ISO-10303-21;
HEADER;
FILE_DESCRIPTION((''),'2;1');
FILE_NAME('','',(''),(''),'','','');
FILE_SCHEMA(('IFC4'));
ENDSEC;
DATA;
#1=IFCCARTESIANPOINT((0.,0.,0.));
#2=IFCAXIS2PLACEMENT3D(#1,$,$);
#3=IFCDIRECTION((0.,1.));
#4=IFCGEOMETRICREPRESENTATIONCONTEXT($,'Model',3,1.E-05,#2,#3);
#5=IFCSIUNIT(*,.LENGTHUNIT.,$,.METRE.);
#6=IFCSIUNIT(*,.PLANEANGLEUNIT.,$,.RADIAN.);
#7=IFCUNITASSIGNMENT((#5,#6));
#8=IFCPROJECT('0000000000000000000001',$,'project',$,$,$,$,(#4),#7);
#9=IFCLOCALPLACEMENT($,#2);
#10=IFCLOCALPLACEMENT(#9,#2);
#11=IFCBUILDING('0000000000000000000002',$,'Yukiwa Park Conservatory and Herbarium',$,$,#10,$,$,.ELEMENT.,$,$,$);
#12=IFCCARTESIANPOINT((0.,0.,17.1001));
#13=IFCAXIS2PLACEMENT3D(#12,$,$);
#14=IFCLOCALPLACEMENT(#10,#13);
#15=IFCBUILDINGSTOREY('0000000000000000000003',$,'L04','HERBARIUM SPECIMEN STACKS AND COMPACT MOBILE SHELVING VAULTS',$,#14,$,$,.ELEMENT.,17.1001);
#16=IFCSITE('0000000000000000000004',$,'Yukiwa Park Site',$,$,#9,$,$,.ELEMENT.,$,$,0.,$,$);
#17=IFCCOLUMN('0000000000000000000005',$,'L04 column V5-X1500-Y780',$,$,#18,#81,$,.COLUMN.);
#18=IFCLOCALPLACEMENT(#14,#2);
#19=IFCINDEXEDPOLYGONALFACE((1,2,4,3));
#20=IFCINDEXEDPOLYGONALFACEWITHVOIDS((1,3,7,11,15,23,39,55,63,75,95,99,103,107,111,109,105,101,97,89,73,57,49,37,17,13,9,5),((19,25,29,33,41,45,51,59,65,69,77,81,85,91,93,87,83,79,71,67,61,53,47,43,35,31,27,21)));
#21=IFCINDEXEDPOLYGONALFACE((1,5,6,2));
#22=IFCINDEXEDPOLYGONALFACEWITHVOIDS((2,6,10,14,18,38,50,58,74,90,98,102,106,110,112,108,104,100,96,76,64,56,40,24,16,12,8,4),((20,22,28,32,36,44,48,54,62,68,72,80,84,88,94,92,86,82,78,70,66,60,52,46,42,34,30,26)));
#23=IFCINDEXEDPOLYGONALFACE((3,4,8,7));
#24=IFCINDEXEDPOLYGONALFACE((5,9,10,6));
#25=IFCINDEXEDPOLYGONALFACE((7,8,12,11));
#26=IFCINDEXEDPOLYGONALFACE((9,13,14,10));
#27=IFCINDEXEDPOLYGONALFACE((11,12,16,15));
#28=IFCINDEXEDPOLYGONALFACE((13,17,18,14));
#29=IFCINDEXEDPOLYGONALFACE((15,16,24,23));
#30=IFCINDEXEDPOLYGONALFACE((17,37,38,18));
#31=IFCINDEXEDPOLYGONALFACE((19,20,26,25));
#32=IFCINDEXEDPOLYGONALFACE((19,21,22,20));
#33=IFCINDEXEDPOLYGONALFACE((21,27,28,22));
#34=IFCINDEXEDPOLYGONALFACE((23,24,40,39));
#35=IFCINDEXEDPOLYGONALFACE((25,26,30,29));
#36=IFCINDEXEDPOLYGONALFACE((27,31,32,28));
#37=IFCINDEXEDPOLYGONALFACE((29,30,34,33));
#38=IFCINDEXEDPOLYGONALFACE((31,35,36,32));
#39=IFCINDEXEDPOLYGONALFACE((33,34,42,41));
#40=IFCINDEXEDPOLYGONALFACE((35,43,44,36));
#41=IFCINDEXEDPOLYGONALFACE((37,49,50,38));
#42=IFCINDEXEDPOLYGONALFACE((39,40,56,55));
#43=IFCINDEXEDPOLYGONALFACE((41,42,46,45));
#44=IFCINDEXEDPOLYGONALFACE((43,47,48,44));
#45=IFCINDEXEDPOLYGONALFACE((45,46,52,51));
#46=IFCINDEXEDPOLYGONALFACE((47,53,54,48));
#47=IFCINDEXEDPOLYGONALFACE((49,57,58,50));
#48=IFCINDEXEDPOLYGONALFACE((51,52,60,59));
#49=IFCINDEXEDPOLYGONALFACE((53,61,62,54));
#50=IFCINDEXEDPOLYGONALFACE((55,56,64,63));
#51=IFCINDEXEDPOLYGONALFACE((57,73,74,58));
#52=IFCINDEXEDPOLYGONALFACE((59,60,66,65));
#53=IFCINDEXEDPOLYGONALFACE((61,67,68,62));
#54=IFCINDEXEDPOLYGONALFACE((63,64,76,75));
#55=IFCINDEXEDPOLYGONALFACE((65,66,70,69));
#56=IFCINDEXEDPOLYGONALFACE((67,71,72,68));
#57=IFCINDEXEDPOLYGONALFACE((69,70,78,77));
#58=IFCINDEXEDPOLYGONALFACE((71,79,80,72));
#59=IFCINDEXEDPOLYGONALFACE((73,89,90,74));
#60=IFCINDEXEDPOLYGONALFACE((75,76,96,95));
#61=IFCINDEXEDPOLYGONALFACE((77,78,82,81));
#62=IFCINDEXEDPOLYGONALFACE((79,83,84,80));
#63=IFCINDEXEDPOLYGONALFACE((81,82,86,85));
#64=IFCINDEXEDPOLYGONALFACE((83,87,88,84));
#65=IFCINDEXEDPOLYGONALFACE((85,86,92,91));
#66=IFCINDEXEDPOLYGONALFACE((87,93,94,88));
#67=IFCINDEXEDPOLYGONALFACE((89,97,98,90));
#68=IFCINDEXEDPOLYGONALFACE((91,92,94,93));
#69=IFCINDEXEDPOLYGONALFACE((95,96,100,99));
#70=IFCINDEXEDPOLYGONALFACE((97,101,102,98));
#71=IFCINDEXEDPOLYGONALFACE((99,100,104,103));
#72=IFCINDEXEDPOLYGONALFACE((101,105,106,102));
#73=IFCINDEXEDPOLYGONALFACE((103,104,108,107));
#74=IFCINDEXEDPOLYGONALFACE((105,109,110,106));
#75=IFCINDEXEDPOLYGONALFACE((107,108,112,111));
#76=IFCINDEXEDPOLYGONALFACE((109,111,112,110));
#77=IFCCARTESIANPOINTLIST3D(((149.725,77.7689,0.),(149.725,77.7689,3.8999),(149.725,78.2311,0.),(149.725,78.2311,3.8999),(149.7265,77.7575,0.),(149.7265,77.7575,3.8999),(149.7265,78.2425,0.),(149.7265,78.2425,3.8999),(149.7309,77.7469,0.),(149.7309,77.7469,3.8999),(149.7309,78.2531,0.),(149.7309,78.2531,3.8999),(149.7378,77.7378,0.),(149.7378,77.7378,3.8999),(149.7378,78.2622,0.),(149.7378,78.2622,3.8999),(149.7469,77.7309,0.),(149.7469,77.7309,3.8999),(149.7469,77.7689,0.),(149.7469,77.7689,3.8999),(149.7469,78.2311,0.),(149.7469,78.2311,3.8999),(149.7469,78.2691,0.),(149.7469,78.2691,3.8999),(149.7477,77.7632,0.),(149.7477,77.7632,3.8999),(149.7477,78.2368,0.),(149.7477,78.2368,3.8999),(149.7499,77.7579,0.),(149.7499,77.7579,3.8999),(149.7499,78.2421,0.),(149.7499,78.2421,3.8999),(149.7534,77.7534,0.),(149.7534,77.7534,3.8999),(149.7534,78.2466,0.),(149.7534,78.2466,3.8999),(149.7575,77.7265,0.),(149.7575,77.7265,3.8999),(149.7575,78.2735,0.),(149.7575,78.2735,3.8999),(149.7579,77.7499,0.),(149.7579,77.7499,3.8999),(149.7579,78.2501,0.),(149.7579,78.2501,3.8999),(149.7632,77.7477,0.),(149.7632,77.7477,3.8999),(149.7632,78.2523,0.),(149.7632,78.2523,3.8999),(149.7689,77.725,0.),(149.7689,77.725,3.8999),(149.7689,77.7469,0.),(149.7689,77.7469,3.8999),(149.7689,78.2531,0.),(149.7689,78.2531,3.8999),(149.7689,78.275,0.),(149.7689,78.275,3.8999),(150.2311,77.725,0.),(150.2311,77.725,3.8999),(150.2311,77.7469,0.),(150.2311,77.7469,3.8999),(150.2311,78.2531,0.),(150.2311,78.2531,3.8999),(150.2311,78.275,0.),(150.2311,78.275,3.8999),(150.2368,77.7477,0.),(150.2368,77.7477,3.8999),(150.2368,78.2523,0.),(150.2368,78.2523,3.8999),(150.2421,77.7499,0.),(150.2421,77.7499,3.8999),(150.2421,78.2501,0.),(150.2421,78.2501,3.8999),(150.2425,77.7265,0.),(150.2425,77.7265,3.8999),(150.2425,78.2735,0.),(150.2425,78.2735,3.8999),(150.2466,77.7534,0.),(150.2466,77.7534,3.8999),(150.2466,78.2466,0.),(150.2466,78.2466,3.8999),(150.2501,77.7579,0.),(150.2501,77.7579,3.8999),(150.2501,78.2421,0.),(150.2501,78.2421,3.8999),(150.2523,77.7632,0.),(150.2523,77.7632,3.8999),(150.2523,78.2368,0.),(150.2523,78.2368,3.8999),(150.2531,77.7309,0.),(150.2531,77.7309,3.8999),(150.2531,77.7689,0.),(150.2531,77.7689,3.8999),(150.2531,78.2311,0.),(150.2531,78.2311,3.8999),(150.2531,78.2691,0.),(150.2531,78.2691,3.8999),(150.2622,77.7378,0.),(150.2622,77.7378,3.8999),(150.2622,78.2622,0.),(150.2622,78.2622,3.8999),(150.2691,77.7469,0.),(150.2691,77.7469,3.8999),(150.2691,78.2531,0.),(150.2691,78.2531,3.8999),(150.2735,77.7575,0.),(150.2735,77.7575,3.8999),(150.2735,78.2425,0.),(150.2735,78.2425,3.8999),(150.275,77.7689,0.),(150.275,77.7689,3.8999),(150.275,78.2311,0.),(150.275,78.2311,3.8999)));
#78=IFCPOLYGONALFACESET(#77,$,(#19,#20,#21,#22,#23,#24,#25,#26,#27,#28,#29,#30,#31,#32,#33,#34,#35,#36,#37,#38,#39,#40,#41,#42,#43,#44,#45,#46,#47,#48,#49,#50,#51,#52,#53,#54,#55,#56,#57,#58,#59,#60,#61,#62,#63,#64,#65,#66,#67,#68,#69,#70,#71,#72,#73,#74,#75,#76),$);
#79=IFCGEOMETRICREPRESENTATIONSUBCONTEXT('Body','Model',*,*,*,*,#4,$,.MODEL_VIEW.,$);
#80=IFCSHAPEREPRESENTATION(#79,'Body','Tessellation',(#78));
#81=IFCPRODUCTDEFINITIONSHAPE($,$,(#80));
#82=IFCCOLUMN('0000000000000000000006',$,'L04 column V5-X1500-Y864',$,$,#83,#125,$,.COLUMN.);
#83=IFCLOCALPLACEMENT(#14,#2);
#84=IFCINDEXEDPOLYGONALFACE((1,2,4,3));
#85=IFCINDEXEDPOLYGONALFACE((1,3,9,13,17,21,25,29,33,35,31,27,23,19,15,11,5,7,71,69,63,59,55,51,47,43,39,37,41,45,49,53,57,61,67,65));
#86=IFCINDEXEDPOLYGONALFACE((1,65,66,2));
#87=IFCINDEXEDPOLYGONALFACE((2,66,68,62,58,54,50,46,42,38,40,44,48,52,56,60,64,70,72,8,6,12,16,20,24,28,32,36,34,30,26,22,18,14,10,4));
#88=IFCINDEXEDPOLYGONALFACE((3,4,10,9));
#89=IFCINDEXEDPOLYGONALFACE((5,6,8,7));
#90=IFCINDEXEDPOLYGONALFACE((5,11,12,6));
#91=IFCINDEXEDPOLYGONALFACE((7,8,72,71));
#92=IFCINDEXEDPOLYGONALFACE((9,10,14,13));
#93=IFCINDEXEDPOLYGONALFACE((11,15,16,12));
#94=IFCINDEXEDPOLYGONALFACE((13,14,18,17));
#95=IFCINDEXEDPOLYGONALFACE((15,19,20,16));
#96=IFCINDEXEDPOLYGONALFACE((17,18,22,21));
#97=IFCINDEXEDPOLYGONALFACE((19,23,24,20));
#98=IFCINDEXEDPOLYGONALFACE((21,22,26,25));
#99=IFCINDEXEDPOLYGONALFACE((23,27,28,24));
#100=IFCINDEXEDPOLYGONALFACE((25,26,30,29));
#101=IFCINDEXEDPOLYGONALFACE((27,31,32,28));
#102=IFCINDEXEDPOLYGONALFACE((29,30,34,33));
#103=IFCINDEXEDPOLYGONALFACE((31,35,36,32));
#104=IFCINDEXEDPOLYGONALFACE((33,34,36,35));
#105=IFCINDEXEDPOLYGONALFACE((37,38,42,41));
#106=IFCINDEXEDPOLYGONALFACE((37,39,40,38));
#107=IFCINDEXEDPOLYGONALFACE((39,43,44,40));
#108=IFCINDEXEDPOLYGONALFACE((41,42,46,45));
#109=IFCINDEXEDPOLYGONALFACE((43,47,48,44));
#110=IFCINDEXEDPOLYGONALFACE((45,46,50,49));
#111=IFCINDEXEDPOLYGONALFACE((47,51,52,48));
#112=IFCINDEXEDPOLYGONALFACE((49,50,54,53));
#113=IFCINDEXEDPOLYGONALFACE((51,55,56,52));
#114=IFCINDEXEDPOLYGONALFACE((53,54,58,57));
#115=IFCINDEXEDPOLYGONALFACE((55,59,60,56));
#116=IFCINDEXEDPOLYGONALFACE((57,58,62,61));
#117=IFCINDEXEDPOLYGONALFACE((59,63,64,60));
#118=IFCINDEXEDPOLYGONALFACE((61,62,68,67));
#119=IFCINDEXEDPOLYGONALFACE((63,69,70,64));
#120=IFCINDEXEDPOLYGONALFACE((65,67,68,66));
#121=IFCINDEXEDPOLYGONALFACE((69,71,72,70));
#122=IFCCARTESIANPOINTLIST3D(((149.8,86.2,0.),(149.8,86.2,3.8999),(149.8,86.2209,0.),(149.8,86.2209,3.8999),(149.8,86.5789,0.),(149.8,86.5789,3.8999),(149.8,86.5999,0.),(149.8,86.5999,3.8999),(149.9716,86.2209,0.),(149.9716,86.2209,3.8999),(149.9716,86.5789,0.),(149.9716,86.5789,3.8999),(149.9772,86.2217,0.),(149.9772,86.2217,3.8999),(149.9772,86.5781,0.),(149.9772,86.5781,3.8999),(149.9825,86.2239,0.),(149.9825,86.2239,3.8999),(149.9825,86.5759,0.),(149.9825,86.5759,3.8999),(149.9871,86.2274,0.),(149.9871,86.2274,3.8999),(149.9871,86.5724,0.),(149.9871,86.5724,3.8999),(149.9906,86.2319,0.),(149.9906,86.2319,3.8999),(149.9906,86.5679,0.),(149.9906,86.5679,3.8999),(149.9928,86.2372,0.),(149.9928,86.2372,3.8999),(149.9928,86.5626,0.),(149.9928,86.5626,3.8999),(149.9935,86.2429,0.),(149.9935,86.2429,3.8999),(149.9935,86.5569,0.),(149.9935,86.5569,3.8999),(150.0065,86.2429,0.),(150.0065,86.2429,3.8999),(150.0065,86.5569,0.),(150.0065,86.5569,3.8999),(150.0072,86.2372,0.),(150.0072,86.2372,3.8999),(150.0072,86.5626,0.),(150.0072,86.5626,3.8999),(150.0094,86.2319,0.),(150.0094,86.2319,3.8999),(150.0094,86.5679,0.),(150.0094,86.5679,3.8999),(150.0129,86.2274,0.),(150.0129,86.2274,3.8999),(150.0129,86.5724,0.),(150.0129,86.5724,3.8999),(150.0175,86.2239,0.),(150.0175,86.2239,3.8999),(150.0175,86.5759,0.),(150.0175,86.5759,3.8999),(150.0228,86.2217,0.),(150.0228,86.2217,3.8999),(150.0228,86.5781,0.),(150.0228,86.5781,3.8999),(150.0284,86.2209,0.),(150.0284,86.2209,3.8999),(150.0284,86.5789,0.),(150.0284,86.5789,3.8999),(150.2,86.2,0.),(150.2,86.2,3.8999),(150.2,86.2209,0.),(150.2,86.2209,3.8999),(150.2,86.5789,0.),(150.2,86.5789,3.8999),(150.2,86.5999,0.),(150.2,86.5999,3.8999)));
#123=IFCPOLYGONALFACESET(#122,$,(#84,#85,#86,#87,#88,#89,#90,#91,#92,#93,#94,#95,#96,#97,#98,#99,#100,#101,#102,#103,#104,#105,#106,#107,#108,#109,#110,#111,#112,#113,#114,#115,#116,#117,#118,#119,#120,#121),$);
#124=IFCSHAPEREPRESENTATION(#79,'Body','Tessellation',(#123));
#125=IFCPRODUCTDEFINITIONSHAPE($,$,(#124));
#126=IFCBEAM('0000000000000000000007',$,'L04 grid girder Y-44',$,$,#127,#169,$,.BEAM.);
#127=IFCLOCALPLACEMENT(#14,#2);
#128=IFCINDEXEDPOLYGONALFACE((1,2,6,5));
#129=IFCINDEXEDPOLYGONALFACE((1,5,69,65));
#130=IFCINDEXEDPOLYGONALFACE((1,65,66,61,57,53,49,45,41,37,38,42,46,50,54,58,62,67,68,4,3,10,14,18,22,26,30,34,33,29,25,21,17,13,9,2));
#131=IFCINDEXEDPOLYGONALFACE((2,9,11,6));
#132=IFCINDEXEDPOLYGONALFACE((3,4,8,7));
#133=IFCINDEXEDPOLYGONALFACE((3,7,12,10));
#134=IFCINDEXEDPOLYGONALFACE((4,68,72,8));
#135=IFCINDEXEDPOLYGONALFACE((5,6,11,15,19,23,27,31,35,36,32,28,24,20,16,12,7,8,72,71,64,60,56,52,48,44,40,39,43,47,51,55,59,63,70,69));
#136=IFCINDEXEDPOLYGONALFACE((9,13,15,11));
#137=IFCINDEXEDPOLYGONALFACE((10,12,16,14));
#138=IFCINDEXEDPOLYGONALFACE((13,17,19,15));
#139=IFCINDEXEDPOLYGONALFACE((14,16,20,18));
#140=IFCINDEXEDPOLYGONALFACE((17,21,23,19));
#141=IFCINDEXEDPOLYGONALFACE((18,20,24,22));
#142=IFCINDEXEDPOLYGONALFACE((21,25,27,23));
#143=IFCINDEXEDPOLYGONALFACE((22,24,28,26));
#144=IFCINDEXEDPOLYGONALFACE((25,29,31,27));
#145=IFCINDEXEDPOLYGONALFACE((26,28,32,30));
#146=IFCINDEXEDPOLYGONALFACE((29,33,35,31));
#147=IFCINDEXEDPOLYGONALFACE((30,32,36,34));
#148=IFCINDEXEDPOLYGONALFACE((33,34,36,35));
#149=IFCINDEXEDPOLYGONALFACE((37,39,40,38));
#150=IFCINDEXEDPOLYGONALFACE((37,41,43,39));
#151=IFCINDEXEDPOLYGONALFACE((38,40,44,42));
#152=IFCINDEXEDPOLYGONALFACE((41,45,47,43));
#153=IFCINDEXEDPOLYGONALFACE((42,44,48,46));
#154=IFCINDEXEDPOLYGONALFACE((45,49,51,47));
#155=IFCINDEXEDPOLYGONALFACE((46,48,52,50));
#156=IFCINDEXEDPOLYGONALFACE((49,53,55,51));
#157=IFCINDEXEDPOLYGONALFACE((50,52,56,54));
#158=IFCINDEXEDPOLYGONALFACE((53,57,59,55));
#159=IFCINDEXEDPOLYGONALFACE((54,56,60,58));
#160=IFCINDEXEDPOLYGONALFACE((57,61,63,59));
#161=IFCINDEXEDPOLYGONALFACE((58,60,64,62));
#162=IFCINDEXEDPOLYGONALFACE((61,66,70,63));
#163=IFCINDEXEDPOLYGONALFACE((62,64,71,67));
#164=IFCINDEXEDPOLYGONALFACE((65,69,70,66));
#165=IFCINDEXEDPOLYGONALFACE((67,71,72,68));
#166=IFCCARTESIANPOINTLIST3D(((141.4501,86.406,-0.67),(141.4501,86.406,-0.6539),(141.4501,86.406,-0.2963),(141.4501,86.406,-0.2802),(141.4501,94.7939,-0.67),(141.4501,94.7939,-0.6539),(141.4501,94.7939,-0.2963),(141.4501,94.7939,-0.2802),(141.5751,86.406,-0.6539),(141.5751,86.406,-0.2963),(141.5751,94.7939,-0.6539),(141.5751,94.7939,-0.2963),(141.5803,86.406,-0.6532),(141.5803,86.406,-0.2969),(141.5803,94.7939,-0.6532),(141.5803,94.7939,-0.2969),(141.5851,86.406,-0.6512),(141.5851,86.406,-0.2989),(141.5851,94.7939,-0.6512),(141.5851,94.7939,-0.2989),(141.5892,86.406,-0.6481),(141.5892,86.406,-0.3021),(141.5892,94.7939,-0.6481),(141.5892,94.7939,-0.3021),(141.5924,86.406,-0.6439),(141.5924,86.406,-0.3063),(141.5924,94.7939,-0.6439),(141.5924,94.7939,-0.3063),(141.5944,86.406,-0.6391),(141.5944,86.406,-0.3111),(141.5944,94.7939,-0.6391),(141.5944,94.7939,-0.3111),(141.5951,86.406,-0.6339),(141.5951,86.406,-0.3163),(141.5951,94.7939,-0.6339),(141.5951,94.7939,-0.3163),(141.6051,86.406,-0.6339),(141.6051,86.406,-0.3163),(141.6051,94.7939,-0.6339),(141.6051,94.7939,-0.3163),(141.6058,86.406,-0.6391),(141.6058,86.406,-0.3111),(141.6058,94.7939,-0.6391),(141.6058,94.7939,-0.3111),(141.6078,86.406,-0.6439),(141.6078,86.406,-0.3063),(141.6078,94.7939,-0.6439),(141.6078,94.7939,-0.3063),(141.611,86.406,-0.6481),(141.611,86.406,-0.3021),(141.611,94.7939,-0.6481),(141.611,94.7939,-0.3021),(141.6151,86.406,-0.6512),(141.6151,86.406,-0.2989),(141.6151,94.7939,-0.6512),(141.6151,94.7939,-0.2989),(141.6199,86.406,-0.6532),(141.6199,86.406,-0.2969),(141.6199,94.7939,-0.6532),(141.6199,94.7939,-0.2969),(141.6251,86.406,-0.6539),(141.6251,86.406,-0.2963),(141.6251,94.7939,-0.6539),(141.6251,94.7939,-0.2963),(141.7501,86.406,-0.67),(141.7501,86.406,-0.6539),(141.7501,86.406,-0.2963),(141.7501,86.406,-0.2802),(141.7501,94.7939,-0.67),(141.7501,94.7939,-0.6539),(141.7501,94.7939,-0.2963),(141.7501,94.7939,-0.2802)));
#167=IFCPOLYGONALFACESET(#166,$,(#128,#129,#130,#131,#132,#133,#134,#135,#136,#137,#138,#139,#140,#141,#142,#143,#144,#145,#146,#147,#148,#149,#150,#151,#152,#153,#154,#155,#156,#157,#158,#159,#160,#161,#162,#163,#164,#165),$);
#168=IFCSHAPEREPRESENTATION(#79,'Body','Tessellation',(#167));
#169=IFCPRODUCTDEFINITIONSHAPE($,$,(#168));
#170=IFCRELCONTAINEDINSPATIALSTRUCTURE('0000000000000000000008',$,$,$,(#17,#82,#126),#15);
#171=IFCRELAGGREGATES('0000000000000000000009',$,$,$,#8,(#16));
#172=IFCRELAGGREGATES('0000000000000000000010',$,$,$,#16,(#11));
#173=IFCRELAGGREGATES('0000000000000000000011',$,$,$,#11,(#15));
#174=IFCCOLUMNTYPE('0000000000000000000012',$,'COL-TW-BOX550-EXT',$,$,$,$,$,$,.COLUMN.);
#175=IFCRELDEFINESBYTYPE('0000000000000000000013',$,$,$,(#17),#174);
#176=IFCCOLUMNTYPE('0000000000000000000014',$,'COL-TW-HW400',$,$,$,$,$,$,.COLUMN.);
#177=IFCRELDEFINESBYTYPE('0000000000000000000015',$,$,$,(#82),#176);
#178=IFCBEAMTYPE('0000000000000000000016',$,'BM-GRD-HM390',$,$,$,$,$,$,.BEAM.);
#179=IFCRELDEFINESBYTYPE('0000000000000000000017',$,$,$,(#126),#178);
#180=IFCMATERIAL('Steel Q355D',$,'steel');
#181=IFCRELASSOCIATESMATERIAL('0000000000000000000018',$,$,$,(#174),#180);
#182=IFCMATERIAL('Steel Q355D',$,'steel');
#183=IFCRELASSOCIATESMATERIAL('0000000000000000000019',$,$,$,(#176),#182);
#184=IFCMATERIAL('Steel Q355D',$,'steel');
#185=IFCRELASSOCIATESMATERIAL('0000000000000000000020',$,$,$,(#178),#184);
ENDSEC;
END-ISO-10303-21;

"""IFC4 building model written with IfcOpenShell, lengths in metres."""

from ifc_helpers import new_model, si_unit, direction, frame, origin, origin_2d, place, context, subcontext, project, spatial, hollow_rectangle, i_section, extrude, material, material_profile, profile_set, type_object, element, save


model = new_model("IFC4")

# Units and contexts
model_context = context("Model", 3, precision=1e-05, world=origin(), true_north=direction((0.0, 1.0)))
body_context = subcontext(model_context, "Body", "Model", "MODEL_VIEW")
ifc_project = project(units=[si_unit("LENGTHUNIT", "METRE"), si_unit("PLANEANGLEUNIT", "RADIAN")], contexts=[model_context])

# Site, building, storey
site_placement = place(None, origin())
site = spatial("IfcSite", under=ifc_project, at=site_placement, Name="Yukiwa Park Site", CompositionType="ELEMENT", RefElevation=0.0)
building_placement = place(site_placement, origin())
building = spatial("IfcBuilding", under=site, at=building_placement, Name="Yukiwa Park Conservatory and Herbarium", CompositionType="ELEMENT")
storey_placement = place(building_placement, frame((0.0, 0.0, 17.1001)))
storey = spatial("IfcBuildingStorey", under=building, at=storey_placement, Name="L04", Description="HERBARIUM SPECIMEN STACKS AND COMPACT MOBILE SHELVING VAULTS", CompositionType="ELEMENT", Elevation=17.1001)

# Columns
ifc_material_1 = material(Name="Steel Q355D", Category="steel")
ifc_material_profile_1 = material_profile(ifc_material_1, hollow_rectangle(XDim=0.55, YDim=0.55, WallThickness=0.022, InnerFilletRadius=0.022, OuterFilletRadius=0.0439, at=origin_2d()), Name="BOX 550x550x22")
ifc_profile_set_1 = profile_set([ifc_material_profile_1], Name="Steel Q355D")
column_type_1 = type_object("IfcColumnType", Name="COL-TW-BOX550-EXT", PredefinedType="COLUMN", material=ifc_profile_set_1)
column_1_placement = place(storey_placement, frame((150.0, 78.0, 0.0), z_axis=(0.0, 0.0, 1.0), x_axis=(1.0, 0.0, 0.0)))
element("IfcColumn", 1, at=column_1_placement, inside=storey, type_object=column_type_1, Name="L04 column V5-X1500-Y780", PredefinedType="COLUMN", context=body_context, shape_type="SweptSolid", body=[
    extrude(hollow_rectangle(XDim=0.55, YDim=0.55, WallThickness=0.022, InnerFilletRadius=0.022, OuterFilletRadius=0.0439, at=origin_2d()), origin(), (0.0, 0.0, 1.0), 3.8999),
])
ifc_material_2 = material(Name="Steel Q355D", Category="steel")
ifc_material_profile_2 = material_profile(ifc_material_2, i_section(OverallWidth=0.3999, OverallDepth=0.3999, WebThickness=0.0129, FlangeThickness=0.021, FilletRadius=0.022, at=origin_2d()), Name="HW 400x400x13x21")
ifc_profile_set_2 = profile_set([ifc_material_profile_2], Name="Steel Q355D")
column_type_2 = type_object("IfcColumnType", Name="COL-TW-HW400", PredefinedType="COLUMN", material=ifc_profile_set_2)
column_2_placement = place(storey_placement, frame((150.0, 86.3999, 0.0), z_axis=(0.0, 0.0, 1.0), x_axis=(1.0, 0.0, 0.0)))
element("IfcColumn", 2, at=column_2_placement, inside=storey, type_object=column_type_2, Name="L04 column V5-X1500-Y864", PredefinedType="COLUMN", context=body_context, shape_type="SweptSolid", body=[
    extrude(i_section(OverallWidth=0.3999, OverallDepth=0.3999, WebThickness=0.0129, FlangeThickness=0.021, FilletRadius=0.022, at=origin_2d()), origin(), (0.0, 0.0, 1.0), 3.8999),
])

# Beam
ifc_material_3 = material(Name="Steel Q355D", Category="steel")
ifc_material_profile_3 = material_profile(ifc_material_3, i_section(OverallWidth=0.3, OverallDepth=0.3899, WebThickness=0.01, FlangeThickness=0.0161, FilletRadius=0.02, at=origin_2d()), Name="HM 390x300x10x16")
ifc_profile_set_3 = profile_set([ifc_material_profile_3], Name="Steel Q355D")
beam_type_1 = type_object("IfcBeamType", Name="BM-GRD-HM390", PredefinedType="BEAM", material=ifc_profile_set_3)
for number, where, z_axis, x_axis, name in (
    (3, (141.6001, 86.406, -0.4751), (0.0, 1.0, 0.0), (-1.0, 0.0, 0.0), "L04 grid girder Y-44"),
):
    element("IfcBeam", number, at=place(storey_placement, frame(where, z_axis=z_axis, x_axis=x_axis)), inside=storey, type_object=beam_type_1, Name=name, PredefinedType="BEAM", context=body_context, shape_type="SweptSolid", body=[
        extrude(i_section(OverallWidth=0.3, OverallDepth=0.3899, WebThickness=0.01, FlangeThickness=0.0161, FilletRadius=0.02, at=origin_2d()), origin(), (0.0, 0.0, 1.0), 8.3879),
    ])

save(model, "model.ifc")
